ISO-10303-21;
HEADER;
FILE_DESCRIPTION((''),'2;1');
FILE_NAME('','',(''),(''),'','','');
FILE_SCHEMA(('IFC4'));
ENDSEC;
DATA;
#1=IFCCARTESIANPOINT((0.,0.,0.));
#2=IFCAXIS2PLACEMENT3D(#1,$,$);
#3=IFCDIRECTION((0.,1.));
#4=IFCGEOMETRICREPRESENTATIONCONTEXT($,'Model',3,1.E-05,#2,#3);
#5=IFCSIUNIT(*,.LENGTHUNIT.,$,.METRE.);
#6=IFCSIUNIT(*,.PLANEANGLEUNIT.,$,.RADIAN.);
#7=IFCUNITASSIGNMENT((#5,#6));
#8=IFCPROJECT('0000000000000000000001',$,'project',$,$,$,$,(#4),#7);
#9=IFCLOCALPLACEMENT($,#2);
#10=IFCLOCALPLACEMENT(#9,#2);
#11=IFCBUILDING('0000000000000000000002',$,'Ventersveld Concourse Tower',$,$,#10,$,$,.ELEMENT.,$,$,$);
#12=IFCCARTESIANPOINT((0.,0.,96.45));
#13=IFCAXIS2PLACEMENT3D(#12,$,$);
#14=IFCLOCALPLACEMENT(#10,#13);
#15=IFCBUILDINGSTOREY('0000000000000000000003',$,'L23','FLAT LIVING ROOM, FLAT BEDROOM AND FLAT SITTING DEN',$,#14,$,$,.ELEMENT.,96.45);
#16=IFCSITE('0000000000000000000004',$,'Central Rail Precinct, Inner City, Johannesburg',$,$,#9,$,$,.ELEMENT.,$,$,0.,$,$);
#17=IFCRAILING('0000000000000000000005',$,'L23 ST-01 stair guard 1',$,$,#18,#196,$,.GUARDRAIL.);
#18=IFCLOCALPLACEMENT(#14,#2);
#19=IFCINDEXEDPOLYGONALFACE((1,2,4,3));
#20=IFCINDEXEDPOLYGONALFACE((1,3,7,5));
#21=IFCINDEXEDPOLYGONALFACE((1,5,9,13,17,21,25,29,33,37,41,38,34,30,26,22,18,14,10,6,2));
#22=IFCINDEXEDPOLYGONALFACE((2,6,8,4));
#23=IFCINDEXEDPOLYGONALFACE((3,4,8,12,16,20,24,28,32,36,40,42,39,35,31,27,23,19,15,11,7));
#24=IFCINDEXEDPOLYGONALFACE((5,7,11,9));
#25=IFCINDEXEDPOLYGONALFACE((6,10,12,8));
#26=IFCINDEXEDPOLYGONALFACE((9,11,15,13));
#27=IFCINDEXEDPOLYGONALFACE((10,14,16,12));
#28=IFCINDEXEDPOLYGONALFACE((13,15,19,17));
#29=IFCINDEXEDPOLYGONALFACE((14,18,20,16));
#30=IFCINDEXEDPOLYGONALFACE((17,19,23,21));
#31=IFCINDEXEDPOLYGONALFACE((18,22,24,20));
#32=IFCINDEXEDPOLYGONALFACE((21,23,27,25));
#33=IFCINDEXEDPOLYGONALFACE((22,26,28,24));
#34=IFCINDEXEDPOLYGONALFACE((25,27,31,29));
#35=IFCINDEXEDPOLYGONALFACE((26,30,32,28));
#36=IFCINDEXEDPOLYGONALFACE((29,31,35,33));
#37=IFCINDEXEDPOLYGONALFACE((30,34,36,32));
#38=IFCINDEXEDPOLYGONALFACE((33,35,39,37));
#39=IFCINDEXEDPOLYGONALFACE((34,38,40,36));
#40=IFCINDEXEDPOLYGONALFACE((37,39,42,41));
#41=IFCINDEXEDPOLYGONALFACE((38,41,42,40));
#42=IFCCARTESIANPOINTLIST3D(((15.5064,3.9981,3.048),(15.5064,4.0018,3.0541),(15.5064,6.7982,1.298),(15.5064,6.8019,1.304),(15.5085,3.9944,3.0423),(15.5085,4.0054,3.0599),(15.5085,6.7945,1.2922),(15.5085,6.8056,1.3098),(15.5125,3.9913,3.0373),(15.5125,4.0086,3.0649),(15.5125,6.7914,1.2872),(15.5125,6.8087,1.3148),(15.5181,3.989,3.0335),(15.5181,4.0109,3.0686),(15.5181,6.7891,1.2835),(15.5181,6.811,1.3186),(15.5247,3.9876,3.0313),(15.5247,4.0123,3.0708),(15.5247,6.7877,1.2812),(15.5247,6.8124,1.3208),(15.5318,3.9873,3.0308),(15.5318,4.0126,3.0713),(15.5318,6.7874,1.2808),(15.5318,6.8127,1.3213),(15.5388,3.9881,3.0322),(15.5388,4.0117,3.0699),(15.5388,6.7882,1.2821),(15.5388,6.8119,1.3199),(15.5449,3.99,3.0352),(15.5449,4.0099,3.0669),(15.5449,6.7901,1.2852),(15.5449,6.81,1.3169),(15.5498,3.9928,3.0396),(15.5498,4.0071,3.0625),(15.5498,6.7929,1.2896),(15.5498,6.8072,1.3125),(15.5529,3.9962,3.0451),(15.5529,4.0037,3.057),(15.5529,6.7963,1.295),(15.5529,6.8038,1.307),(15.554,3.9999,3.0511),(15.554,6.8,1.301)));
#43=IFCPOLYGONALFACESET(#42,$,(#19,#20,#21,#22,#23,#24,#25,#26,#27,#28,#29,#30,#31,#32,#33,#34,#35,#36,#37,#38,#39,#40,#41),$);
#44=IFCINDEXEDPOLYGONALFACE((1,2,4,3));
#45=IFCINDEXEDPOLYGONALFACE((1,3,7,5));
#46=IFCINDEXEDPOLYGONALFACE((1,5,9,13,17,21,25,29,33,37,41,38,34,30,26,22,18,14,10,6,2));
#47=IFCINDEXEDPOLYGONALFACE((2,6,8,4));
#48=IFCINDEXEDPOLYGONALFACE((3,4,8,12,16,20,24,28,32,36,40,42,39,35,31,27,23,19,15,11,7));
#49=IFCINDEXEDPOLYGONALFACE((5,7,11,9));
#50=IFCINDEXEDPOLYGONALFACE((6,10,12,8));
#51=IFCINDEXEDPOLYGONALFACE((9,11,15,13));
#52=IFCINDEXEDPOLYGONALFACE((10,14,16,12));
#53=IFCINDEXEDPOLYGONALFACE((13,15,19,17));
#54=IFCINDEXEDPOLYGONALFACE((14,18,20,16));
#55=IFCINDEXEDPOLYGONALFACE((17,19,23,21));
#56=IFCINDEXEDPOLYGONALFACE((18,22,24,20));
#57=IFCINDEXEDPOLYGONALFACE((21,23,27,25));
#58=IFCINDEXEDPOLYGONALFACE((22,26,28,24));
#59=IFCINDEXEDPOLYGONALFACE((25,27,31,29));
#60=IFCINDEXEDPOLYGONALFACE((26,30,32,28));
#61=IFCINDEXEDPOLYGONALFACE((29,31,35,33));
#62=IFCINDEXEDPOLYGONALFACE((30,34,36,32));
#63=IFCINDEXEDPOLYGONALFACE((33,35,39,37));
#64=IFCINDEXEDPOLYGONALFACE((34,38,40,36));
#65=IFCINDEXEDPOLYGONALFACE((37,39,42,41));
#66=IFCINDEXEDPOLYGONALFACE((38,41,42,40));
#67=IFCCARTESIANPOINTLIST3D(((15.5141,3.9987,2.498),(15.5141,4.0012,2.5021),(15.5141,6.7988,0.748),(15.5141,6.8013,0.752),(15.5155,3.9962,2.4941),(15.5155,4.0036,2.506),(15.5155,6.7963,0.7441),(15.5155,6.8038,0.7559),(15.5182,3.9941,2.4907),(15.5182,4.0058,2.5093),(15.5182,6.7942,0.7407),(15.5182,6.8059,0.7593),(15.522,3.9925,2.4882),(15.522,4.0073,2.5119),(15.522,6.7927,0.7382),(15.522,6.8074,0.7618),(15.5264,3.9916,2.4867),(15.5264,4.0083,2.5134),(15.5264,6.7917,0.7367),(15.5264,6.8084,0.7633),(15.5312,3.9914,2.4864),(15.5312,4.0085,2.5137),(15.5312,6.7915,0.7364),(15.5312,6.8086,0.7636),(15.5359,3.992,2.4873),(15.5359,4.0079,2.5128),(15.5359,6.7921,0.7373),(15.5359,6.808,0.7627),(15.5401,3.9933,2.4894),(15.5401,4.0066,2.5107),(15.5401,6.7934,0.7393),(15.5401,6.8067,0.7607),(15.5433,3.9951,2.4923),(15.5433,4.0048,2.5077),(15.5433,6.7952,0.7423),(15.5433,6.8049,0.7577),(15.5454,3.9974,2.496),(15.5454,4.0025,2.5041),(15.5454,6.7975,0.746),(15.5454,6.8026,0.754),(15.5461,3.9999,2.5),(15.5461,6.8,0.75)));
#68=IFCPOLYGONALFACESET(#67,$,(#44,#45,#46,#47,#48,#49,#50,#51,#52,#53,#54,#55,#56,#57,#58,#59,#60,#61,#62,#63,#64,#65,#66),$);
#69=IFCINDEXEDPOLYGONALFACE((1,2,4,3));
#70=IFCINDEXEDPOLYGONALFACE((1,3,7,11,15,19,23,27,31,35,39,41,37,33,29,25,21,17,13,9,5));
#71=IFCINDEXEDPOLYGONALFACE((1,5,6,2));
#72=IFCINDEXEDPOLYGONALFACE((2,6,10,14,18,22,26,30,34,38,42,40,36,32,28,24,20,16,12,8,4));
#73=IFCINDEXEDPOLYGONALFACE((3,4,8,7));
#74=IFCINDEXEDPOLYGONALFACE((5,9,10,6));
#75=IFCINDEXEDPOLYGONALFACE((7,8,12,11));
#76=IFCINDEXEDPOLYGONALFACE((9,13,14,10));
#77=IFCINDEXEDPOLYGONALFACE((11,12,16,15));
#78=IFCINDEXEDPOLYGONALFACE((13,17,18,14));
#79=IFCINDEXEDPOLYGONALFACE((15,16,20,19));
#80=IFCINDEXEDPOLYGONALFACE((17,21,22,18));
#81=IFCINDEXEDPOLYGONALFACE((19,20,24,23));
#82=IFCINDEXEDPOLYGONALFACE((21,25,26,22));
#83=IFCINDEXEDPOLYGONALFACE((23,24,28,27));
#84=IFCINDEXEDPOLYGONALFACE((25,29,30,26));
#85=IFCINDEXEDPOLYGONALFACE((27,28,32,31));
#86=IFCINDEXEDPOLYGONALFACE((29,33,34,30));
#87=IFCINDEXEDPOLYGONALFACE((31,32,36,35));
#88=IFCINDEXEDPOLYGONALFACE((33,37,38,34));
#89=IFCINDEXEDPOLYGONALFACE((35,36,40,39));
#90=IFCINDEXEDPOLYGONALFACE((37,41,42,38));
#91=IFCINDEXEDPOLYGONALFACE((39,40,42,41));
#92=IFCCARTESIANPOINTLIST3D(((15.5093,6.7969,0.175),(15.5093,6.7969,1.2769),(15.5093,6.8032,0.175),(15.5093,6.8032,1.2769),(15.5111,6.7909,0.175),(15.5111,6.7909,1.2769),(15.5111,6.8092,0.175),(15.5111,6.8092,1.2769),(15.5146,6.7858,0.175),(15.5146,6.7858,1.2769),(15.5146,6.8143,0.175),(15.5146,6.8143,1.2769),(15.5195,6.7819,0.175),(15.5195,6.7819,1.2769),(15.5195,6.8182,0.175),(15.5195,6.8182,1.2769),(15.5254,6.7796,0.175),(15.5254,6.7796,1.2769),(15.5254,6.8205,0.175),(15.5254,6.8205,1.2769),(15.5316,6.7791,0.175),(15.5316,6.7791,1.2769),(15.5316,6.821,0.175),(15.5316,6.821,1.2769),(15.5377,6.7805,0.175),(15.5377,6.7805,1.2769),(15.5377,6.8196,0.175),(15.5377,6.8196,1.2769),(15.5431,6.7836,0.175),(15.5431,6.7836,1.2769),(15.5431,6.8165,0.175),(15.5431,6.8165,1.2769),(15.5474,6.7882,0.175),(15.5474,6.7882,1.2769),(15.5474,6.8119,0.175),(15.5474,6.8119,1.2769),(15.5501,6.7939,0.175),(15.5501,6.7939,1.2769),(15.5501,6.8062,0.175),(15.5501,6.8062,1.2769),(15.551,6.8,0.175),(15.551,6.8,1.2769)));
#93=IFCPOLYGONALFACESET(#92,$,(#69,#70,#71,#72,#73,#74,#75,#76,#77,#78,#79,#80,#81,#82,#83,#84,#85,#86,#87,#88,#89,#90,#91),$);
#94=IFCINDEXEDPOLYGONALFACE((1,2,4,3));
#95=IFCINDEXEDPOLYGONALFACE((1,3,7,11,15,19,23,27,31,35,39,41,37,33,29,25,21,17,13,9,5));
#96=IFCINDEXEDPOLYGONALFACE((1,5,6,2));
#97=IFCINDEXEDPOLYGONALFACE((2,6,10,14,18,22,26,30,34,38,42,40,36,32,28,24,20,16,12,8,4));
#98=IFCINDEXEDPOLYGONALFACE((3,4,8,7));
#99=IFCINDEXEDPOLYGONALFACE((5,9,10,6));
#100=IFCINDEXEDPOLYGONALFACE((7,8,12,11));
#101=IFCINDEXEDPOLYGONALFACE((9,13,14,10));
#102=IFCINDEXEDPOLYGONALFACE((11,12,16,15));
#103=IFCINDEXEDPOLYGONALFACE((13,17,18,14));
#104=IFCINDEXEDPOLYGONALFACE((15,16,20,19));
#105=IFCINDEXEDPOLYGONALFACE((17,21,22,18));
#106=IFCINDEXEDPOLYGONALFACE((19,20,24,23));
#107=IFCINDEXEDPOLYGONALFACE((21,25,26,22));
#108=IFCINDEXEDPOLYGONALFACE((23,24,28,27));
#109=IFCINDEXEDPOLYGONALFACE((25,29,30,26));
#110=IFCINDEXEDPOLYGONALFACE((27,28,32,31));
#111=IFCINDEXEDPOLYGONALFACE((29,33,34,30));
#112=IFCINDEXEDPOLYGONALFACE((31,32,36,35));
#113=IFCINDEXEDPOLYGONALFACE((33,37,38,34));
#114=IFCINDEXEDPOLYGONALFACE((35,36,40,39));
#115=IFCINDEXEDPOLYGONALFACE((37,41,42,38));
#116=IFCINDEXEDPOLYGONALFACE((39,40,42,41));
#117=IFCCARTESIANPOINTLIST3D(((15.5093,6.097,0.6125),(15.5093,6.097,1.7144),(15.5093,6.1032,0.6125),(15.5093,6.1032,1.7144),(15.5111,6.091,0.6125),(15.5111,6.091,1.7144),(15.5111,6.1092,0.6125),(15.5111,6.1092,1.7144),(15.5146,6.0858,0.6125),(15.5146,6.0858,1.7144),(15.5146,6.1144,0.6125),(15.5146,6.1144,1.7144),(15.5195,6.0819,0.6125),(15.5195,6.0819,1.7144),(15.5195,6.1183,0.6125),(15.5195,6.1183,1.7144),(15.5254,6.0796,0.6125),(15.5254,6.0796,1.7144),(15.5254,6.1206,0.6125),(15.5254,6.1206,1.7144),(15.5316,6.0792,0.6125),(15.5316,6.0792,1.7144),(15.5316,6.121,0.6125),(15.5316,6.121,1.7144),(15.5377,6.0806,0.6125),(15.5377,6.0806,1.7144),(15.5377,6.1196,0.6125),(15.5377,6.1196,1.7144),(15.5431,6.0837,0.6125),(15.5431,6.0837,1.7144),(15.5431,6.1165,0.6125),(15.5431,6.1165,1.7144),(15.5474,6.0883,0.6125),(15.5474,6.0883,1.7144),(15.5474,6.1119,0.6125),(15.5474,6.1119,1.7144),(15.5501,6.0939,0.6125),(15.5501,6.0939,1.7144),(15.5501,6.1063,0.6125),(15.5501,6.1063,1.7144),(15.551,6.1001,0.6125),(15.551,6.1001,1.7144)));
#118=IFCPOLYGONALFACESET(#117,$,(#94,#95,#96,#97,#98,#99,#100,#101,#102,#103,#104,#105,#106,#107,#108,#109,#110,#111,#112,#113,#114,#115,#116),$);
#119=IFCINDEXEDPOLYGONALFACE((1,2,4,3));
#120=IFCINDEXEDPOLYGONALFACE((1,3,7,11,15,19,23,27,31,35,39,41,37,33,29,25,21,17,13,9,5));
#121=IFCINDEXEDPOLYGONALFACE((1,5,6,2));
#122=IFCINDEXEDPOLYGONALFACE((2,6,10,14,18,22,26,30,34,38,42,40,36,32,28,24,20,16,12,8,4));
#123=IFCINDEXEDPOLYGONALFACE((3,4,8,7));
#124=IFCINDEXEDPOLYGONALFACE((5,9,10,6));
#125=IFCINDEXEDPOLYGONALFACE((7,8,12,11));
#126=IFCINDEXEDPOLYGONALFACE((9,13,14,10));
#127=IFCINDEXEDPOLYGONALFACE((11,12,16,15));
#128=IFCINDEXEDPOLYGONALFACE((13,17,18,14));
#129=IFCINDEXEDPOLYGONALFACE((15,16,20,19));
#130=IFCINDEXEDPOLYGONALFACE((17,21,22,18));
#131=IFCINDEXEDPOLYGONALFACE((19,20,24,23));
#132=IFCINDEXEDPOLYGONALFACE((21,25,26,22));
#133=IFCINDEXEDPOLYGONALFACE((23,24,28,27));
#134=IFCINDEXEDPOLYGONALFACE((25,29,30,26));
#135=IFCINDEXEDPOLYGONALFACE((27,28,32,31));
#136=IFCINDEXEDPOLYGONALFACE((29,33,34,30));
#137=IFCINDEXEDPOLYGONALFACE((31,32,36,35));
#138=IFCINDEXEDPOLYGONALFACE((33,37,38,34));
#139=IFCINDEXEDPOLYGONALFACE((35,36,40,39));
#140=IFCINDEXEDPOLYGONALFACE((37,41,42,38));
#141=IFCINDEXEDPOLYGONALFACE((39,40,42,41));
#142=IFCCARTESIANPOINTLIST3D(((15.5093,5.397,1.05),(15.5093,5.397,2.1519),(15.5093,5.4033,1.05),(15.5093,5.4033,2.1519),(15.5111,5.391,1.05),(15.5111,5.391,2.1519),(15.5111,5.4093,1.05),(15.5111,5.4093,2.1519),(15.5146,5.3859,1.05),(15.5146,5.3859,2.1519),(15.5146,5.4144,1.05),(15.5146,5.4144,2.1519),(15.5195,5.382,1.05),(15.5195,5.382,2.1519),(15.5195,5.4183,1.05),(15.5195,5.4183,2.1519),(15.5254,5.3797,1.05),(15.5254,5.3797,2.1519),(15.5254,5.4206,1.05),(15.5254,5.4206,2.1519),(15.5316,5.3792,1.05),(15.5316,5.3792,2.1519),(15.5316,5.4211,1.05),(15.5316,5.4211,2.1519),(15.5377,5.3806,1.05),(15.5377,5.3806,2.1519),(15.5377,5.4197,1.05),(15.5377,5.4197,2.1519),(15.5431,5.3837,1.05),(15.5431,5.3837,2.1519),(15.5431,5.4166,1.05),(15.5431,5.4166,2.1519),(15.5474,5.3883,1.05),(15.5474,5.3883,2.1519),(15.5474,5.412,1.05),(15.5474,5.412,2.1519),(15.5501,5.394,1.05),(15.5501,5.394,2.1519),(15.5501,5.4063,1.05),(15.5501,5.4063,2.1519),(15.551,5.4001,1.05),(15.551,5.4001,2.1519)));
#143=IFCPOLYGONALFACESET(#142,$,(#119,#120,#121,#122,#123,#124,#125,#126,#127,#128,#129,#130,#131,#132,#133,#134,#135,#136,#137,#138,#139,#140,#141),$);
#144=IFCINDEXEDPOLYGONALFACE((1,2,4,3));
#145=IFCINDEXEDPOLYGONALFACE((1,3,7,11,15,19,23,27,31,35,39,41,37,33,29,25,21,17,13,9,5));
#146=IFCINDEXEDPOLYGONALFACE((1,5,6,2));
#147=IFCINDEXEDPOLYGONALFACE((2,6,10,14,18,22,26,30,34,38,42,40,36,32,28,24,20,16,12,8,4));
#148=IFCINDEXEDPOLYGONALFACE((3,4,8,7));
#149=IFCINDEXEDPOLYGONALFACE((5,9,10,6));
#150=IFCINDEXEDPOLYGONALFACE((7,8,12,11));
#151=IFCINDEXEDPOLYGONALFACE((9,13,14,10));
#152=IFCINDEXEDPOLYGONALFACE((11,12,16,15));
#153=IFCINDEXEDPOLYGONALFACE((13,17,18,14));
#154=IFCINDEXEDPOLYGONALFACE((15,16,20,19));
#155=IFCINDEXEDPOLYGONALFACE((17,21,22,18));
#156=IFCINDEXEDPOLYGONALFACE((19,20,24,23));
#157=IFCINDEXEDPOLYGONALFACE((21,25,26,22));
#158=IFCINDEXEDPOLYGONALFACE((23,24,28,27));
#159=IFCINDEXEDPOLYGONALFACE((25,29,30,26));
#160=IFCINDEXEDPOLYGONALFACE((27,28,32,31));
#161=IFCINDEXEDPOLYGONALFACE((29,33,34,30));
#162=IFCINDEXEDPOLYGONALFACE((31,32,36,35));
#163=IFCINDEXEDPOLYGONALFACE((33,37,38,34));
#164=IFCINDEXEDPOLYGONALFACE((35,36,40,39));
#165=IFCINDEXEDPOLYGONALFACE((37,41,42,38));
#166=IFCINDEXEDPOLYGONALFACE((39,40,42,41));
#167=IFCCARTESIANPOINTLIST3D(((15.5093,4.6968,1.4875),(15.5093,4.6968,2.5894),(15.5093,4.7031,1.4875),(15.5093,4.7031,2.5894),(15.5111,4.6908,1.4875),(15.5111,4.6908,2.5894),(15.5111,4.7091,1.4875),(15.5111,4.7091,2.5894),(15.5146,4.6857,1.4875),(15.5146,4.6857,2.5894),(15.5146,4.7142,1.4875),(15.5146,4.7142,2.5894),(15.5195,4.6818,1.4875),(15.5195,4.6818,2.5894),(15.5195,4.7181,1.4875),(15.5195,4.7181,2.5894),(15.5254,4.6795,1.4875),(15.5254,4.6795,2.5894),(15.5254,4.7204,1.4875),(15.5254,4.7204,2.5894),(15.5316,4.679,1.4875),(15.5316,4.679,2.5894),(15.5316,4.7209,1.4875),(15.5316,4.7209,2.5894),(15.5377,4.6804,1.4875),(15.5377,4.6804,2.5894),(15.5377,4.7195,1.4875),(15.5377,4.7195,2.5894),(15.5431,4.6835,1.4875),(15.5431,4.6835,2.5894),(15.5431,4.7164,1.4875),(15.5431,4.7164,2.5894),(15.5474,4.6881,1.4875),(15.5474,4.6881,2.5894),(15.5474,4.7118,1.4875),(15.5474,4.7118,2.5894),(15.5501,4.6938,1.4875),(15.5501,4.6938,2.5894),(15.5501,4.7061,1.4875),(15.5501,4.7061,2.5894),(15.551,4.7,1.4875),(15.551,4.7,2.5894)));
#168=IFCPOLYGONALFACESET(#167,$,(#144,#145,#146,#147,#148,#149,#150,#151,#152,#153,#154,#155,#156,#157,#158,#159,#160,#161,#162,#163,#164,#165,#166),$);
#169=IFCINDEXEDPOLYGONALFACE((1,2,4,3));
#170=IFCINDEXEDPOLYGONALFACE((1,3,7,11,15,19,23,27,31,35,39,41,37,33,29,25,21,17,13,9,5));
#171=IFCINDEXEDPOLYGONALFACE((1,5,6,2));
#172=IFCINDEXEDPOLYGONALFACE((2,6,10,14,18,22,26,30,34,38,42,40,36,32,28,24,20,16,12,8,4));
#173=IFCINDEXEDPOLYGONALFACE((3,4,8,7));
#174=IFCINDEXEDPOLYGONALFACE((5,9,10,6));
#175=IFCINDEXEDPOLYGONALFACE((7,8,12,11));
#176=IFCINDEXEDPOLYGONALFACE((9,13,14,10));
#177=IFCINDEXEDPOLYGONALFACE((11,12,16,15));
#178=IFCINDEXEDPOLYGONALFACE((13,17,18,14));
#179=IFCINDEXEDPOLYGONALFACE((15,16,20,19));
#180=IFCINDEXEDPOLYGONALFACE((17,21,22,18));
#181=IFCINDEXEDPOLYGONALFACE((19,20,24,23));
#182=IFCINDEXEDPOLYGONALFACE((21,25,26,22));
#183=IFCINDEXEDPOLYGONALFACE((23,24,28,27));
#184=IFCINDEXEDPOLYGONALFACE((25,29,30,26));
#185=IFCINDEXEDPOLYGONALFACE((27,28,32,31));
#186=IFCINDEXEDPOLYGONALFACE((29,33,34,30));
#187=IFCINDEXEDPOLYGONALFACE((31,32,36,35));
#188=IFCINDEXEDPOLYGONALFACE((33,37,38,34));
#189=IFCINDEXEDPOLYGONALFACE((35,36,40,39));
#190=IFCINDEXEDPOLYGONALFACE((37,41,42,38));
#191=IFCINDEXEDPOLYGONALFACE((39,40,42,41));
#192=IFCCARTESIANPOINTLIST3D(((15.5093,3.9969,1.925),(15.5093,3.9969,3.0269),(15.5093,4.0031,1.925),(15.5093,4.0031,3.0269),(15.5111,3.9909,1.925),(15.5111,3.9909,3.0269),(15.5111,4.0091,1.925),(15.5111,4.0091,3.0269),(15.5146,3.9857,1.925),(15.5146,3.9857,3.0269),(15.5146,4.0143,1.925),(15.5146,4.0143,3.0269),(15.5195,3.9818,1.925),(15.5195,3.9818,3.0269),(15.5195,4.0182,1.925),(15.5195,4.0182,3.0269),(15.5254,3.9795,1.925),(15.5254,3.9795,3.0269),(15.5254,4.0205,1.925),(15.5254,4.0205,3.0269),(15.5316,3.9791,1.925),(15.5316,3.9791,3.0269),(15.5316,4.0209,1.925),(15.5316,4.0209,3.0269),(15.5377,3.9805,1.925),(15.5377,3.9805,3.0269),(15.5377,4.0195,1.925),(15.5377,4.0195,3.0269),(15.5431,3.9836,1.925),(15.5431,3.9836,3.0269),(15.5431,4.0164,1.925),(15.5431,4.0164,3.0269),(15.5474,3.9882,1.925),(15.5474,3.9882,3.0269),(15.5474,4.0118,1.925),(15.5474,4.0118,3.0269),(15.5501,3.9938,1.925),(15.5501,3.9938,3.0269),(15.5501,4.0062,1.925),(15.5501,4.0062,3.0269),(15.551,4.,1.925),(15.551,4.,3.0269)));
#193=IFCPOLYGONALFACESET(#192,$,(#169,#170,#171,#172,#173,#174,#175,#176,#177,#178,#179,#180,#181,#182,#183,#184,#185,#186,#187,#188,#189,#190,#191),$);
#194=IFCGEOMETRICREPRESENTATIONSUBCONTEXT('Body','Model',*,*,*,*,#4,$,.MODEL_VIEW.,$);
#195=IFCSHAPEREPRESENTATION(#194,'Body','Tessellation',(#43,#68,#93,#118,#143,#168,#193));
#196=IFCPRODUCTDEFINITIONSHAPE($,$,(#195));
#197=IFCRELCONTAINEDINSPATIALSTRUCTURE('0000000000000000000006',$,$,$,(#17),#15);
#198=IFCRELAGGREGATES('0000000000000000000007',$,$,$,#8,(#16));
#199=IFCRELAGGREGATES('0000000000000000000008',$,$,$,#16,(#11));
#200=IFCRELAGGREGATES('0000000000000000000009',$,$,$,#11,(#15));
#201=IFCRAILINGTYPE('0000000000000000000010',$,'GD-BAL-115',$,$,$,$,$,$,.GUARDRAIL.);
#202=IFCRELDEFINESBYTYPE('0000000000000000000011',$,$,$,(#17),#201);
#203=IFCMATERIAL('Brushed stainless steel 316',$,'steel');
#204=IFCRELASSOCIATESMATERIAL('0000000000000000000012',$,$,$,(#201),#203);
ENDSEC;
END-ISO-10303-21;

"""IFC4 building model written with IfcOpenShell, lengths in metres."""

from ifc_helpers import new_model, si_unit, direction, frame, origin, origin_2d, place, context, subcontext, project, spatial, circle, extrude, material, type_object, element, save


model = new_model("IFC4")

# Units and contexts
model_context = context("Model", 3, precision=1e-05, world=origin(), true_north=direction((0.0, 1.0)))
body_context = subcontext(model_context, "Body", "Model", "MODEL_VIEW")
ifc_project = project(units=[si_unit("LENGTHUNIT", "METRE"), si_unit("PLANEANGLEUNIT", "RADIAN")], contexts=[model_context])

# Site, building, storey
site_placement = place(None, origin())
site = spatial("IfcSite", under=ifc_project, at=site_placement, Name="Central Rail Precinct, Inner City, Johannesburg", CompositionType="ELEMENT", RefElevation=0.0)
building_placement = place(site_placement, origin())
building = spatial("IfcBuilding", under=site, at=building_placement, Name="Ventersveld Concourse Tower", CompositionType="ELEMENT")
storey_placement = place(building_placement, frame((0.0, 0.0, 96.45)))
storey = spatial("IfcBuildingStorey", under=building, at=storey_placement, Name="L23", Description="FLAT LIVING ROOM, FLAT BEDROOM AND FLAT SITTING DEN", CompositionType="ELEMENT", Elevation=96.45)

# Railing
ifc_material_1 = material(Name="Brushed stainless steel 316", Category="steel")
railing_type_1 = type_object("IfcRailingType", Name="GD-BAL-115", PredefinedType="GUARDRAIL", material=ifc_material_1)
railing_1_placement = place(storey_placement, frame((15.53, 6.8, 0.175)))
element("IfcRailing", 1, at=railing_1_placement, inside=storey, type_object=railing_type_1, Name="L23 ST-01 stair guard 1", PredefinedType="GUARDRAIL", context=body_context, shape_type="SweptSolid", body=[
    extrude(circle(Radius=0.0239, at=origin_2d()), frame((0.0, 0.0, 1.126), z_axis=(0.0, -0.848002, 0.529992), x_axis=(1.0, 0.0, 0.0)), (0.0, 0.0, 1.0), 3.302),
    extrude(circle(Radius=0.0161, at=origin_2d()), frame((0.0, 0.0, 0.575), z_axis=(0.0, -0.848002, 0.529992), x_axis=(1.0, 0.0, 0.0)), (0.0, 0.0, 1.0), 3.302),
    extrude(circle(Radius=0.021, at=origin_2d()), origin(), (0.0, 0.0, 1.0), 1.1018),
    extrude(circle(Radius=0.021, at=origin_2d()), frame((0.0, -0.7, 0.4375)), (0.0, 0.0, 1.0), 1.1018),
    extrude(circle(Radius=0.021, at=origin_2d()), frame((0.0, -1.3999, 0.875)), (0.0, 0.0, 1.0), 1.1018),
    extrude(circle(Radius=0.021, at=origin_2d()), frame((0.0, -2.1001, 1.3125)), (0.0, 0.0, 1.0), 1.1018),
    extrude(circle(Radius=0.021, at=origin_2d()), frame((0.0, -2.8, 1.75)), (0.0, 0.0, 1.0), 1.1018),
])

save(model, "model.ifc")
